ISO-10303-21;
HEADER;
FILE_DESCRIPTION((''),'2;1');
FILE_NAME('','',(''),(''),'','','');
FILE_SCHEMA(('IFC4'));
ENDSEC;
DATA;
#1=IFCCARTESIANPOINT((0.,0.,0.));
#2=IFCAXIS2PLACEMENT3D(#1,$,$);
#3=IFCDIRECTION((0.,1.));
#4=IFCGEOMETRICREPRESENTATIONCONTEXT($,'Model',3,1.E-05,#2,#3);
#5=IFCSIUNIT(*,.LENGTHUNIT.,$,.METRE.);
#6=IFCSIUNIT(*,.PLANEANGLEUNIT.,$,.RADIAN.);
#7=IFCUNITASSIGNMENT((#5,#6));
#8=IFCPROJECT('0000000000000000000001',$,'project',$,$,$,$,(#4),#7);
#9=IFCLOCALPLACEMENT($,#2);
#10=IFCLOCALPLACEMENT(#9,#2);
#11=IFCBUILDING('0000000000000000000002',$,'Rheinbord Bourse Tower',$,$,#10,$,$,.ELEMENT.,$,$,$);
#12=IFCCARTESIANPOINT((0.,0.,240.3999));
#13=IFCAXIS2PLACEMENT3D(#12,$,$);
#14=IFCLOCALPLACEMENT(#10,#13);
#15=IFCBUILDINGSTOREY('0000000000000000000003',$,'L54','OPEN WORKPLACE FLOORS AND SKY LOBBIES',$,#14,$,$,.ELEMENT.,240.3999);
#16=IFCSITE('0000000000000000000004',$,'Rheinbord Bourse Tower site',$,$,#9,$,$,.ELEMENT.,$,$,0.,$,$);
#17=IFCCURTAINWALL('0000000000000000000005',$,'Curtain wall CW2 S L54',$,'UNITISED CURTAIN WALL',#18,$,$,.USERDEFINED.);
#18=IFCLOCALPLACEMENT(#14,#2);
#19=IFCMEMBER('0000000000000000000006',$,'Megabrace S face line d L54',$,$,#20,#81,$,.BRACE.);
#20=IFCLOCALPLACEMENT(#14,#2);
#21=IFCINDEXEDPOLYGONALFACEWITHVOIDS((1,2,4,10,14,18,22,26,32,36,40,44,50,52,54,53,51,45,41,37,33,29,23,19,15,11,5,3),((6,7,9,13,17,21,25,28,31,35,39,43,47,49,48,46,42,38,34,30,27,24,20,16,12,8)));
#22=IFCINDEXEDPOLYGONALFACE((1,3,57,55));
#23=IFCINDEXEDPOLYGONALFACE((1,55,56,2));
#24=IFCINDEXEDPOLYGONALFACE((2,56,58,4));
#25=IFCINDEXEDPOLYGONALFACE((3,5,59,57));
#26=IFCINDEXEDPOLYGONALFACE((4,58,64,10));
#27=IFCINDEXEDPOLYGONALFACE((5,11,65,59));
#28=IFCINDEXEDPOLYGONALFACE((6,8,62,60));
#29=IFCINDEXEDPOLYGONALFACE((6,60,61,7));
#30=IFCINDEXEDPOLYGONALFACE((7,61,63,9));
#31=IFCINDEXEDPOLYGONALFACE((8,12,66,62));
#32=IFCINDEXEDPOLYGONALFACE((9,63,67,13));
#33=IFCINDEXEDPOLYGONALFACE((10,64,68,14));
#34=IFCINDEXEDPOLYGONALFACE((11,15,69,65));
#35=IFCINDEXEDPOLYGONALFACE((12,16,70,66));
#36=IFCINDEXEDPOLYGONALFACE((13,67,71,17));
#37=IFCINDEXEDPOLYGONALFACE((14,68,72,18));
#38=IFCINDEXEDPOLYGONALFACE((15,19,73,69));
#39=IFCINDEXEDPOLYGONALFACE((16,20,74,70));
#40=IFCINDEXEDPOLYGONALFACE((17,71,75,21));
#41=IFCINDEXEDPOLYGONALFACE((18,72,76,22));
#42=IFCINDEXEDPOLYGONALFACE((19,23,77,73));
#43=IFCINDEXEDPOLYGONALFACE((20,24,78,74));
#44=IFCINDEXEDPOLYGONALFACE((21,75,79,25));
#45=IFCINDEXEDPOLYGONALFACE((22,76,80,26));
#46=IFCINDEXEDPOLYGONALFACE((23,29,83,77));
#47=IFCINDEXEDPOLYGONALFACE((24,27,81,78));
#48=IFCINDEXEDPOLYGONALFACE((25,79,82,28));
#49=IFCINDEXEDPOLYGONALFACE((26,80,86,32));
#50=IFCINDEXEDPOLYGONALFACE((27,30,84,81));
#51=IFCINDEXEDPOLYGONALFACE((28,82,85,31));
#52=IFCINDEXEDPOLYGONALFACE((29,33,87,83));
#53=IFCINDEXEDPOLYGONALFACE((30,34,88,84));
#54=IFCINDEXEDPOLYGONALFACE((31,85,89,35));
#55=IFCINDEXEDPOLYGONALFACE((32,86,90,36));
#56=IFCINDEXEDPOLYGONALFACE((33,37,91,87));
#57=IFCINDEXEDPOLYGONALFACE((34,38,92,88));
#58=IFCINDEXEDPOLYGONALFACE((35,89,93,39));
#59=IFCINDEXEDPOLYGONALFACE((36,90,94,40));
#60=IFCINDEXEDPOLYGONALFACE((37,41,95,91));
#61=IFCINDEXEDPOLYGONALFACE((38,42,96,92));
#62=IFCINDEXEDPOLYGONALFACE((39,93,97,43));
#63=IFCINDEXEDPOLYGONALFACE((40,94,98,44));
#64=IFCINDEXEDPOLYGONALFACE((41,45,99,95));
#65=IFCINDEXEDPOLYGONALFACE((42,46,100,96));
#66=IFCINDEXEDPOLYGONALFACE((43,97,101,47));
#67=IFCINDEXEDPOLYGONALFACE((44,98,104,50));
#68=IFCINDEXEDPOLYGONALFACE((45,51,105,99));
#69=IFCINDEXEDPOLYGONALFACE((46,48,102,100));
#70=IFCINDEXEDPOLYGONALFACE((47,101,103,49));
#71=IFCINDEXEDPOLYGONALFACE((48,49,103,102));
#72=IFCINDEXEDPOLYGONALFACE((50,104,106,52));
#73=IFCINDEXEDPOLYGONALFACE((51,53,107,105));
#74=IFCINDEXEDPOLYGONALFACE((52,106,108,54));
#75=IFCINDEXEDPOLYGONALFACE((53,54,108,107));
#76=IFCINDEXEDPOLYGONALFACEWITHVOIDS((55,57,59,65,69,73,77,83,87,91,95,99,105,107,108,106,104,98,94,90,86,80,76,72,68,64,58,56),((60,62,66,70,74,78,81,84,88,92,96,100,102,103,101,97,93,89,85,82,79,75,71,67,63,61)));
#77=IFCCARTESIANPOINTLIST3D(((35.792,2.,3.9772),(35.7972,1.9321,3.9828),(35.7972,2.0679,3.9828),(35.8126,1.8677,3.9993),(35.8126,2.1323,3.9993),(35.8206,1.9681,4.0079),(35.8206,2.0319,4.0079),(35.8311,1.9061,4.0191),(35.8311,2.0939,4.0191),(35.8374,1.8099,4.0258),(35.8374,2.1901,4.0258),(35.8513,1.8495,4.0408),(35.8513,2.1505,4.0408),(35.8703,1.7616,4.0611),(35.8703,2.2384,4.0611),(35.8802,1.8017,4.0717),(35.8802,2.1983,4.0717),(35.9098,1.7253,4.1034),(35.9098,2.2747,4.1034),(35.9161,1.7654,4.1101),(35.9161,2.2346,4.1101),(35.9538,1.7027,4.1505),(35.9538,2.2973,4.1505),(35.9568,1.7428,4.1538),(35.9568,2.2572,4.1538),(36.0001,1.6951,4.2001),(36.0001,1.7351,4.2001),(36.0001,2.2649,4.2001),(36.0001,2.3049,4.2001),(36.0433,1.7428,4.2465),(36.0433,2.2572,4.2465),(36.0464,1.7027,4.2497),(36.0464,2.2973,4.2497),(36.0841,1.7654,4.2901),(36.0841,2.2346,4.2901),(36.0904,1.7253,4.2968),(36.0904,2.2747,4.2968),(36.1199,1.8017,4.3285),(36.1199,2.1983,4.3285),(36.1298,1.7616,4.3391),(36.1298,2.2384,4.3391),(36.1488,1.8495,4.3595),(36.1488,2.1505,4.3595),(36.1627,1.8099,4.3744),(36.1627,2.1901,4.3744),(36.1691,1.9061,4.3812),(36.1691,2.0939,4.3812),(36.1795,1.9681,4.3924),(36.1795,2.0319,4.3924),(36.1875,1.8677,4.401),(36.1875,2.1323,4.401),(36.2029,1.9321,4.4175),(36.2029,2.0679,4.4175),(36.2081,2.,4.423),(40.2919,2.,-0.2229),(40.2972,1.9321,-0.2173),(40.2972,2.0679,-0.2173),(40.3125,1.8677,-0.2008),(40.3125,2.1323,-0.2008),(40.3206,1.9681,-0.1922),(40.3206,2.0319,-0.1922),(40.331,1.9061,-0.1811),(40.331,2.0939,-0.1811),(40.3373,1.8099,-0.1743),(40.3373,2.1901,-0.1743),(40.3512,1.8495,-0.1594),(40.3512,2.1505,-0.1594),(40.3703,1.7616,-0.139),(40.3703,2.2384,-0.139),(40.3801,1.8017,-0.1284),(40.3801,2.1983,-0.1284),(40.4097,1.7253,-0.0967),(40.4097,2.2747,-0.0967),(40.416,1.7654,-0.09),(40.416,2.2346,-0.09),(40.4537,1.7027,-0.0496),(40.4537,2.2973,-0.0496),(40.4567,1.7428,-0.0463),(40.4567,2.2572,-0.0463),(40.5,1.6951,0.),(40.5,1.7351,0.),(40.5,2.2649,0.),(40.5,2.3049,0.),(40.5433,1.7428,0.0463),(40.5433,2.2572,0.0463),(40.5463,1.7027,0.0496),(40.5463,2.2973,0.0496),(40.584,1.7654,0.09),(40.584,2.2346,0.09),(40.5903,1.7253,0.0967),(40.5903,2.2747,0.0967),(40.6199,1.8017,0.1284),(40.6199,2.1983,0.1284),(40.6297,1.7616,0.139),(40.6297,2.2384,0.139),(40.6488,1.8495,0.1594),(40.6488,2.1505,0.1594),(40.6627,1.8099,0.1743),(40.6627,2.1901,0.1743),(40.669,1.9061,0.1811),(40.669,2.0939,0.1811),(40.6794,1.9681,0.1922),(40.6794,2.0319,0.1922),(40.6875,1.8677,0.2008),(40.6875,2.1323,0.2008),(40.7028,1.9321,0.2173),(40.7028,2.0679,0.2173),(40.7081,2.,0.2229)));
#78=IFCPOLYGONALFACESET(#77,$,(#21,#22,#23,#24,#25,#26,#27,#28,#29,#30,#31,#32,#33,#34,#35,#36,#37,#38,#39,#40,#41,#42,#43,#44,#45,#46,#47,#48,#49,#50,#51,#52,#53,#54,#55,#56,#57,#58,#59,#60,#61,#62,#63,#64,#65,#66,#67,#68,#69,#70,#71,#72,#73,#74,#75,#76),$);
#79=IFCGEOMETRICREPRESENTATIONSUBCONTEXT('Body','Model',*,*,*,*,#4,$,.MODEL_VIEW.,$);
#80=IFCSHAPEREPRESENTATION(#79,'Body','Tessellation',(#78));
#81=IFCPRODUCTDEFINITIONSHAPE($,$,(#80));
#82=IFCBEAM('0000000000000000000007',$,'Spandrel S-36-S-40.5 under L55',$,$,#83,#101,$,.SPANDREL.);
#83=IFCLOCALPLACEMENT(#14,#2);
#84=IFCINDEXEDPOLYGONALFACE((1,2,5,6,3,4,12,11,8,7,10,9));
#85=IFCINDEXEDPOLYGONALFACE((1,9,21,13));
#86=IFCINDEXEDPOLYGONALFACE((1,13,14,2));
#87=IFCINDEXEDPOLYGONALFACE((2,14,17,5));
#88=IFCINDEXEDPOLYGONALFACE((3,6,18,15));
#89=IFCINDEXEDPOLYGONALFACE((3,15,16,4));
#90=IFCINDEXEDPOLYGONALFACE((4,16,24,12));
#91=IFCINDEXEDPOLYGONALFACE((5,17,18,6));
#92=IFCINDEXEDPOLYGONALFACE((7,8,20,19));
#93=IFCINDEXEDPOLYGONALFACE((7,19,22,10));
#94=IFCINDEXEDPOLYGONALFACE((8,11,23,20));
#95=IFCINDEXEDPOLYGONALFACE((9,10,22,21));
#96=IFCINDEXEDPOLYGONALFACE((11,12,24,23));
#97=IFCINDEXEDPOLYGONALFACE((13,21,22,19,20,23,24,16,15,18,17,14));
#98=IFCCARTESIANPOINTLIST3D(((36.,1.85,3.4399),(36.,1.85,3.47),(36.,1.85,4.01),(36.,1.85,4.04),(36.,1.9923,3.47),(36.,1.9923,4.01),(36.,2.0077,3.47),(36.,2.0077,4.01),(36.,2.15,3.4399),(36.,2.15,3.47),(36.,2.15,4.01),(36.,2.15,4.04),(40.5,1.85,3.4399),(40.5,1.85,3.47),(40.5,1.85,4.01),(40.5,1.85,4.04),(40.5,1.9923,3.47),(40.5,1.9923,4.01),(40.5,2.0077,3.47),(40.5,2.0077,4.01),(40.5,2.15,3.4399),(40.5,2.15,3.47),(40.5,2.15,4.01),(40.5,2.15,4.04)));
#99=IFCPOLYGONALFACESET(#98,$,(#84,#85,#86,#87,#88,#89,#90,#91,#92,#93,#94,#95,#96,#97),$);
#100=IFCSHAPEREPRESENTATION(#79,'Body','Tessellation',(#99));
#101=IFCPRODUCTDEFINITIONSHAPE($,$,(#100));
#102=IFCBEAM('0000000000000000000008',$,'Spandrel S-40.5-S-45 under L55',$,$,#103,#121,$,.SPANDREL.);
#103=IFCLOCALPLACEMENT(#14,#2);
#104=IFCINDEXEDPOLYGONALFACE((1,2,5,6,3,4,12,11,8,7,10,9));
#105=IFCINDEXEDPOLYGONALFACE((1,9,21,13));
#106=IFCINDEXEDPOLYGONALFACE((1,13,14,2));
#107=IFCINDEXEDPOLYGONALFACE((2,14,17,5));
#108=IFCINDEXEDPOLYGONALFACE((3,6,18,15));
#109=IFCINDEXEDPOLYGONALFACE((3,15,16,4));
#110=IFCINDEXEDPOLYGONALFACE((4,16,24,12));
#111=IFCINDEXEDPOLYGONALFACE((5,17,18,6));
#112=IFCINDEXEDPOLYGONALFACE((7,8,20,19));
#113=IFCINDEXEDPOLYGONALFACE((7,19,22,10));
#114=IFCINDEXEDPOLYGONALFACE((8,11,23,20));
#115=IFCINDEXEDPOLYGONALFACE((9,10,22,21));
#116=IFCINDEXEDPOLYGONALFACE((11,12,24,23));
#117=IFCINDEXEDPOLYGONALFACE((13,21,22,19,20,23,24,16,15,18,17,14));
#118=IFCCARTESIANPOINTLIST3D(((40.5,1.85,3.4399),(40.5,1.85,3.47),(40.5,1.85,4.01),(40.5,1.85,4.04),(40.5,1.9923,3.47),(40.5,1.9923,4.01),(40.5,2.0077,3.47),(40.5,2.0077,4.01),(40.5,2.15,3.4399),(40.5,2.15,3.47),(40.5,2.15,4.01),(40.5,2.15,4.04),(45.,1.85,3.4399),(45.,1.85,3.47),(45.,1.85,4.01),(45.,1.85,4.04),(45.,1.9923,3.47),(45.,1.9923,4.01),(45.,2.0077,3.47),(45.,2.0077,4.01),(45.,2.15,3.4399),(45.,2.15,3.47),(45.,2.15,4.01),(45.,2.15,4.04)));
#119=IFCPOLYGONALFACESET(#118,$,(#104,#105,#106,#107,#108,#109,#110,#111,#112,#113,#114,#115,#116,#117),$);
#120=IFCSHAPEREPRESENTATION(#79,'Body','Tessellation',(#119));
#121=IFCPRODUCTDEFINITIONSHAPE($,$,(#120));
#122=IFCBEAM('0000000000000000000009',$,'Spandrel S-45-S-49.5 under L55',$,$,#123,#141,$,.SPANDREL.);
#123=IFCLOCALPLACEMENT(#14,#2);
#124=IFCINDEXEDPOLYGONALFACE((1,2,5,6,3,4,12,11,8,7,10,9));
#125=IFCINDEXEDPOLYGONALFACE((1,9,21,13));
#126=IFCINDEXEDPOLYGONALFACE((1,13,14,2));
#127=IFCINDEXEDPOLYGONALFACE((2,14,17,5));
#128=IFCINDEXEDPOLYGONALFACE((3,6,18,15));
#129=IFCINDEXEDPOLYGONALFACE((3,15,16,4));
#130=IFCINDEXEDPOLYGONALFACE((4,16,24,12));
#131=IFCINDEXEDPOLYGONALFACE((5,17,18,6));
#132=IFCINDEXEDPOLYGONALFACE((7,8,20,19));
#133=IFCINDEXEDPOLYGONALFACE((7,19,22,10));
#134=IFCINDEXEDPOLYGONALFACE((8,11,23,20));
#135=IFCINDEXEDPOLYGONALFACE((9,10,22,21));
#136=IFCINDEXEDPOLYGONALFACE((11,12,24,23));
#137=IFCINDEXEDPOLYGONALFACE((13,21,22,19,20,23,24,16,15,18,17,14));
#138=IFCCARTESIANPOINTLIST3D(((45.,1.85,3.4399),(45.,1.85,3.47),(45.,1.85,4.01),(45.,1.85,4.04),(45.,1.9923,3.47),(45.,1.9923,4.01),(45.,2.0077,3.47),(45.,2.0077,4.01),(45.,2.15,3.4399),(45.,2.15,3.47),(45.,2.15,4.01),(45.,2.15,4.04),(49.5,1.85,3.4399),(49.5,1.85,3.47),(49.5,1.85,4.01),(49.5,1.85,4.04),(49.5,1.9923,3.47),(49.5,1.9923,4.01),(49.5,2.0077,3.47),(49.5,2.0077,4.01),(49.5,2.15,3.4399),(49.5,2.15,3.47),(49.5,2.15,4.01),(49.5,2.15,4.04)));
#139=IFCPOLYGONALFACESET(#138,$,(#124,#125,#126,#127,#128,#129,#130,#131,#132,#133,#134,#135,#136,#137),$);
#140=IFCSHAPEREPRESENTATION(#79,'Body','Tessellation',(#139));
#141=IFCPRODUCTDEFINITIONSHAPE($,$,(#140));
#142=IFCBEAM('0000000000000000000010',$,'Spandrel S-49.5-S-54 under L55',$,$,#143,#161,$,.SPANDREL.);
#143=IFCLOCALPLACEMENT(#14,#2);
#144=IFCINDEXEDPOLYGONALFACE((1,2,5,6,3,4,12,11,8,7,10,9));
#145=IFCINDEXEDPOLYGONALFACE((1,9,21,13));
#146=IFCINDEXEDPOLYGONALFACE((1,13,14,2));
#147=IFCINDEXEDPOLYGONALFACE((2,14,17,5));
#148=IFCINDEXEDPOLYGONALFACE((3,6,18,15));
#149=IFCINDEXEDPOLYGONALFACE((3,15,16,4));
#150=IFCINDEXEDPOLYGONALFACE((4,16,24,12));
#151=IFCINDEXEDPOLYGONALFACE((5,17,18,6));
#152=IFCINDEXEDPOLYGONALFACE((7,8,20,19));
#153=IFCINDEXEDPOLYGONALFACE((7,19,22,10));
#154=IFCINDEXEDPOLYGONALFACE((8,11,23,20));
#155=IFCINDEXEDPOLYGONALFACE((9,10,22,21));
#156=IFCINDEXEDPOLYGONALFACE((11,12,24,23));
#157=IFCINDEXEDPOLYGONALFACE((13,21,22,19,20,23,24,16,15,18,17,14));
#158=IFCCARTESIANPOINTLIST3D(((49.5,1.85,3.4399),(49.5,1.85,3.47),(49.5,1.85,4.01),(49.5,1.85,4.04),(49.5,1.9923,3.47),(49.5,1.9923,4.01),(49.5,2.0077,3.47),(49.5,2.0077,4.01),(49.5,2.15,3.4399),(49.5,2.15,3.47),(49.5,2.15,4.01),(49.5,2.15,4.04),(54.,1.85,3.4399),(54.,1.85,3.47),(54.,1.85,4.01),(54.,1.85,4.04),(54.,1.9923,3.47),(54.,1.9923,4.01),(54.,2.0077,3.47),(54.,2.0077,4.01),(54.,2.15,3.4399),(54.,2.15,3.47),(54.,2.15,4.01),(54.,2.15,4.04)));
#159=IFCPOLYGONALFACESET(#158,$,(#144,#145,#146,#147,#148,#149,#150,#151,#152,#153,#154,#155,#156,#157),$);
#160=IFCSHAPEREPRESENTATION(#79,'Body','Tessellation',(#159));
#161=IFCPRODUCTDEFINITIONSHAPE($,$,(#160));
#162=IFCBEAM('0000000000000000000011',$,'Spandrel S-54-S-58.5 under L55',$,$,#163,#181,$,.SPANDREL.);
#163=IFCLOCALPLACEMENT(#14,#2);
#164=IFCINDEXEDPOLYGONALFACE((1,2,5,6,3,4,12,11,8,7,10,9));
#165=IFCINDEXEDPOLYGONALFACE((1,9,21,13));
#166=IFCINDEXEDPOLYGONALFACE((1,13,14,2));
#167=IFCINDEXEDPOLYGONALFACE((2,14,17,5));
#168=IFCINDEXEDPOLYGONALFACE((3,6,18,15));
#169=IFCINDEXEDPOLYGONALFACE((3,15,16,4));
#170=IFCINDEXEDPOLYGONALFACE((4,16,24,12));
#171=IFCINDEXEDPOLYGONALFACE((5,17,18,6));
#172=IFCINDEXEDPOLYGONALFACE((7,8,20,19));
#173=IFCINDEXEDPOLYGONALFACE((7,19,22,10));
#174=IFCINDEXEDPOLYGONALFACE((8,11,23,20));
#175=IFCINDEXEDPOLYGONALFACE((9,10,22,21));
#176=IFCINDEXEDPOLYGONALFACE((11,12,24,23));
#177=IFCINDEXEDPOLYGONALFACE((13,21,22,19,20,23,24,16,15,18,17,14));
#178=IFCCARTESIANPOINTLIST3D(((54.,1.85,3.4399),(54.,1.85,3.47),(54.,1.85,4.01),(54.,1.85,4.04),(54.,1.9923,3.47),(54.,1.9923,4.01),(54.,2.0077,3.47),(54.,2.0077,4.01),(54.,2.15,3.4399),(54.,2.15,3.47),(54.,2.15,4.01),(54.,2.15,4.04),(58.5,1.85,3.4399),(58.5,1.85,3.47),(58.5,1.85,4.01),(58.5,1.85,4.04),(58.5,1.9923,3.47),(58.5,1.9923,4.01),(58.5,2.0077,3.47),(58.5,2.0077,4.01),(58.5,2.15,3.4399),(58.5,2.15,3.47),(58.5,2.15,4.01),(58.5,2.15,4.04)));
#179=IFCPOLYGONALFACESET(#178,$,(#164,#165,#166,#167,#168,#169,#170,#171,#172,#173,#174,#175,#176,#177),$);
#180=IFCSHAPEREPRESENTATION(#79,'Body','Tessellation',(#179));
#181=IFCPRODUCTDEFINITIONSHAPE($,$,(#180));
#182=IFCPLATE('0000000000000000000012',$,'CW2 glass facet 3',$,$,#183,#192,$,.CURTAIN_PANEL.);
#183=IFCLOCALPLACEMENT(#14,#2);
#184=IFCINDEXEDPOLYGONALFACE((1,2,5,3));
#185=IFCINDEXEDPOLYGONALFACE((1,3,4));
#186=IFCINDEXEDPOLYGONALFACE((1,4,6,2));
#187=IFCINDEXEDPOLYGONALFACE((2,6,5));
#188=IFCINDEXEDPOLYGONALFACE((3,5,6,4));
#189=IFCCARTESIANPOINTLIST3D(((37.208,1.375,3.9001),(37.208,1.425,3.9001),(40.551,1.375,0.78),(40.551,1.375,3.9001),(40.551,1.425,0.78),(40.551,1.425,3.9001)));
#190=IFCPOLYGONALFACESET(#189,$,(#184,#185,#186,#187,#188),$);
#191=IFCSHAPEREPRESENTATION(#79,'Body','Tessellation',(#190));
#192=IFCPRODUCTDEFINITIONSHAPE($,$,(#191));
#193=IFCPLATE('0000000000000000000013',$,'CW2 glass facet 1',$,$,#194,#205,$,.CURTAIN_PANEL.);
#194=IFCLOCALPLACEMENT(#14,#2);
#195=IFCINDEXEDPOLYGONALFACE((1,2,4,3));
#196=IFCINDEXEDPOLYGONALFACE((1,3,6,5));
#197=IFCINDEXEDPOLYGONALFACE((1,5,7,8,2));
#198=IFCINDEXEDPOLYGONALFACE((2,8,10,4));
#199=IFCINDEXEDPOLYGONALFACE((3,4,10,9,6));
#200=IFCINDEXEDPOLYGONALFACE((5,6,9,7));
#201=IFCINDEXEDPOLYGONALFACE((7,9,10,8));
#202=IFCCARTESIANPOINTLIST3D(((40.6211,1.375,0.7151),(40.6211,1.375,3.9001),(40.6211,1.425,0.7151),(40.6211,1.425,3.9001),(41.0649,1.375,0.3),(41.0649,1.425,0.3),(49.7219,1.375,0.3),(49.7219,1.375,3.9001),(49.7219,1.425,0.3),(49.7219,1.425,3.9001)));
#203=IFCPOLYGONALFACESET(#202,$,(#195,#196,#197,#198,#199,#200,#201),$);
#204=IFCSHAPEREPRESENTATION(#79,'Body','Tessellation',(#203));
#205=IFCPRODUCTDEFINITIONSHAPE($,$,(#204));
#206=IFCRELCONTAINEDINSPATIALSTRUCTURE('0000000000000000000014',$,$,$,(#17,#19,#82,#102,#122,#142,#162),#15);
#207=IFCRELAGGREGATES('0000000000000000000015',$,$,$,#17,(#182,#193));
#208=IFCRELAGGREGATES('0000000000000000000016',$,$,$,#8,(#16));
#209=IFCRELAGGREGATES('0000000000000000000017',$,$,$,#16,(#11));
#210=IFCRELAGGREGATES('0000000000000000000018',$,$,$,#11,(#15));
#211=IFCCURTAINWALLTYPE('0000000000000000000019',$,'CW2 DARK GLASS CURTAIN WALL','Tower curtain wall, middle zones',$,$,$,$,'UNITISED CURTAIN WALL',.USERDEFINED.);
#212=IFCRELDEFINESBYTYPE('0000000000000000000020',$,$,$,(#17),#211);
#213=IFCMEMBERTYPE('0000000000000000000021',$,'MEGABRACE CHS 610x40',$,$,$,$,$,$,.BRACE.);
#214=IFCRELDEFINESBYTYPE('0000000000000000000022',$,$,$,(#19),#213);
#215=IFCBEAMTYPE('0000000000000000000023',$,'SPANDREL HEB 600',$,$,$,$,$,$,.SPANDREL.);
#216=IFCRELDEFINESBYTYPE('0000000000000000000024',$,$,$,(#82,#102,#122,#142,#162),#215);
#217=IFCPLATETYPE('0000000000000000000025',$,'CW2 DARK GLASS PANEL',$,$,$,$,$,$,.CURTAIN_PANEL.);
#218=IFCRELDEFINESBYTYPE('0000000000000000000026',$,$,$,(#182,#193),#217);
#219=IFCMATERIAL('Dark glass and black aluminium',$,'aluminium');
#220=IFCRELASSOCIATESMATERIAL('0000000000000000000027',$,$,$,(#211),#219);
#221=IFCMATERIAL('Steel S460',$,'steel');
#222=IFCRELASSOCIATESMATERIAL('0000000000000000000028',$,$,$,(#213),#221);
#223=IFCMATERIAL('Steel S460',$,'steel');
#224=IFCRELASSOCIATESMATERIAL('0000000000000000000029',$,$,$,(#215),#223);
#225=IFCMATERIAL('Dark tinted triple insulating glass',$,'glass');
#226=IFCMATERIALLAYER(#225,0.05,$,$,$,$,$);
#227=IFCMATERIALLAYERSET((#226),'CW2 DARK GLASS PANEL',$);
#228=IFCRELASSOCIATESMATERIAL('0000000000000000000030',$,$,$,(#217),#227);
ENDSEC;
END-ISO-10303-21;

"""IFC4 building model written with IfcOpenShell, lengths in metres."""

from ifc_helpers import new_model, si_unit, direction, frame, origin, origin_2d, place, context, subcontext, project, spatial, polyline, hollow_circle, i_section, outline, extrude, material, layer, layer_set, material_profile, profile_set, type_object, element, aggregate, save


model = new_model("IFC4")

# Units and contexts
model_context = context("Model", 3, precision=1e-05, world=origin(), true_north=direction((0.0, 1.0)))
body_context = subcontext(model_context, "Body", "Model", "MODEL_VIEW")
ifc_project = project(units=[si_unit("LENGTHUNIT", "METRE"), si_unit("PLANEANGLEUNIT", "RADIAN")], contexts=[model_context])

# Site, building, storey
site_placement = place(None, origin())
site = spatial("IfcSite", under=ifc_project, at=site_placement, Name="Rheinbord Bourse Tower site", CompositionType="ELEMENT", RefElevation=0.0)
building_placement = place(site_placement, origin())
building = spatial("IfcBuilding", under=site, at=building_placement, Name="Rheinbord Bourse Tower", CompositionType="ELEMENT")
storey_placement = place(building_placement, frame((0.0, 0.0, 240.3999)))
storey = spatial("IfcBuildingStorey", under=building, at=storey_placement, Name="L54", Description="OPEN WORKPLACE FLOORS AND SKY LOBBIES", CompositionType="ELEMENT", Elevation=240.3999)

# Curtain wall
ifc_material_1 = material(Name="Dark glass and black aluminium", Category="aluminium")
curtain_wall_type = type_object("IfcCurtainWallType", Name="CW2 DARK GLASS CURTAIN WALL", Description="Tower curtain wall, middle zones", ElementType="UNITISED CURTAIN WALL", PredefinedType="USERDEFINED", material=ifc_material_1)
curtain_wall_placement = place(storey_placement, origin())
curtain_wall = element("IfcCurtainWall", 1, at=curtain_wall_placement, inside=storey, type_object=curtain_wall_type, Name="Curtain wall CW2 S L54", ObjectType="UNITISED CURTAIN WALL", PredefinedType="USERDEFINED")

# Member
ifc_material_2 = material(Name="Steel S460", Category="steel")
ifc_material_profile_1 = material_profile(ifc_material_2, hollow_circle(Radius=0.3049, WallThickness=0.04, at=origin_2d()), Name="CHS 610x40")
ifc_profile_set_1 = profile_set([ifc_material_profile_1], Name="Steel S460")
member_type_1 = type_object("IfcMemberType", Name="MEGABRACE CHS 610x40", PredefinedType="BRACE", material=ifc_profile_set_1)
member_1_placement = place(storey_placement, frame((40.5, 2.0, 0.0), z_axis=(-0.731039, 0.0, 0.682335), x_axis=(0.0, -1.0, 0.0)))
element("IfcMember", 2, at=member_1_placement, inside=storey, type_object=member_type_1, Name="Megabrace S face line d L54", PredefinedType="BRACE", context=body_context, shape_type="SweptSolid", body=[
    extrude(hollow_circle(Radius=0.3049, WallThickness=0.04, at=origin_2d()), origin(), (0.0, 0.0, 1.0), 6.1555),
])

# Beams
ifc_material_3 = material(Name="Steel S460", Category="steel")
ifc_material_profile_2 = material_profile(ifc_material_3, i_section(OverallWidth=0.3, OverallDepth=0.6001, WebThickness=0.0154, FlangeThickness=0.03, at=origin_2d()), Name="HEB 600")
ifc_profile_set_2 = profile_set([ifc_material_profile_2], Name="Steel S460")
beam_type_1 = type_object("IfcBeamType", Name="SPANDREL HEB 600", PredefinedType="SPANDREL", material=ifc_profile_set_2)
for number, where, z_axis, x_axis, name in (
    (3, (36.0, 2.0, 3.74), (1.0, 0.0, 0.0), (0.0, 1.0, 0.0), "Spandrel S-36-S-40.5 under L55"),
    (4, (40.5, 2.0, 3.74), (1.0, 0.0, 0.0), (0.0, 1.0, 0.0), "Spandrel S-40.5-S-45 under L55"),
    (5, (45.0, 2.0, 3.74), (1.0, 0.0, 0.0), (0.0, 1.0, 0.0), "Spandrel S-45-S-49.5 under L55"),
    (6, (49.5, 2.0, 3.74), (1.0, 0.0, 0.0), (0.0, 1.0, 0.0), "Spandrel S-49.5-S-54 under L55"),
    (7, (54.0, 2.0, 3.74), (1.0, 0.0, 0.0), (0.0, 1.0, 0.0), "Spandrel S-54-S-58.5 under L55"),
):
    element("IfcBeam", number, at=place(storey_placement, frame(where, z_axis=z_axis, x_axis=x_axis)), inside=storey, type_object=beam_type_1, Name=name, PredefinedType="SPANDREL", context=body_context, shape_type="SweptSolid", body=[
        extrude(i_section(OverallWidth=0.3, OverallDepth=0.6001, WebThickness=0.0154, FlangeThickness=0.03, at=origin_2d()), origin(), (0.0, 0.0, 1.0), 4.5),
    ])

# Plates
ifc_material_4 = material(Name="Dark tinted triple insulating glass", Category="glass")
ifc_layer_1 = layer(ifc_material_4, 0.05)
ifc_layer_set_1 = layer_set([ifc_layer_1], Name="CW2 DARK GLASS PANEL")
plate_type = type_object("IfcPlateType", Name="CW2 DARK GLASS PANEL", PredefinedType="CURTAIN_PANEL", material=ifc_layer_set_1)
plate_1_placement = place(storey_placement, frame((40.551, 1.375, 3.9001), z_axis=(0.0, 1.0, 0.0), x_axis=(0.0, 0.0, -1.0)))
plate_1 = element("IfcPlate", 8, at=plate_1_placement, type_object=plate_type, Name="CW2 glass facet 3", PredefinedType="CURTAIN_PANEL", context=body_context, shape_type="SweptSolid", body=[
    extrude(outline(polyline([(0.0, 0.0), (3.1201, 0.0), (0.0, 3.343), (0.0, 0.0)])), origin(), (0.0, 0.0, 1.0), 0.05),
])
plate_2_placement = place(storey_placement, frame((40.6211, 1.375, 3.9001), z_axis=(0.0, 1.0, 0.0), x_axis=(1.0, 0.0, 0.0)))
plate_2 = element("IfcPlate", 9, at=plate_2_placement, type_object=plate_type, Name="CW2 glass facet 1", PredefinedType="CURTAIN_PANEL", context=body_context, shape_type="SweptSolid", body=[
    extrude(outline(polyline([(0.0, 0.0), (9.1008, 0.0), (9.1008, 3.6001), (0.4438, 3.6001), (0.0, 3.1851), (0.0, 0.0)])), origin(), (0.0, 0.0, 1.0), 0.05),
])
aggregate(curtain_wall, [plate_1, plate_2])

save(model, "model.ifc")
